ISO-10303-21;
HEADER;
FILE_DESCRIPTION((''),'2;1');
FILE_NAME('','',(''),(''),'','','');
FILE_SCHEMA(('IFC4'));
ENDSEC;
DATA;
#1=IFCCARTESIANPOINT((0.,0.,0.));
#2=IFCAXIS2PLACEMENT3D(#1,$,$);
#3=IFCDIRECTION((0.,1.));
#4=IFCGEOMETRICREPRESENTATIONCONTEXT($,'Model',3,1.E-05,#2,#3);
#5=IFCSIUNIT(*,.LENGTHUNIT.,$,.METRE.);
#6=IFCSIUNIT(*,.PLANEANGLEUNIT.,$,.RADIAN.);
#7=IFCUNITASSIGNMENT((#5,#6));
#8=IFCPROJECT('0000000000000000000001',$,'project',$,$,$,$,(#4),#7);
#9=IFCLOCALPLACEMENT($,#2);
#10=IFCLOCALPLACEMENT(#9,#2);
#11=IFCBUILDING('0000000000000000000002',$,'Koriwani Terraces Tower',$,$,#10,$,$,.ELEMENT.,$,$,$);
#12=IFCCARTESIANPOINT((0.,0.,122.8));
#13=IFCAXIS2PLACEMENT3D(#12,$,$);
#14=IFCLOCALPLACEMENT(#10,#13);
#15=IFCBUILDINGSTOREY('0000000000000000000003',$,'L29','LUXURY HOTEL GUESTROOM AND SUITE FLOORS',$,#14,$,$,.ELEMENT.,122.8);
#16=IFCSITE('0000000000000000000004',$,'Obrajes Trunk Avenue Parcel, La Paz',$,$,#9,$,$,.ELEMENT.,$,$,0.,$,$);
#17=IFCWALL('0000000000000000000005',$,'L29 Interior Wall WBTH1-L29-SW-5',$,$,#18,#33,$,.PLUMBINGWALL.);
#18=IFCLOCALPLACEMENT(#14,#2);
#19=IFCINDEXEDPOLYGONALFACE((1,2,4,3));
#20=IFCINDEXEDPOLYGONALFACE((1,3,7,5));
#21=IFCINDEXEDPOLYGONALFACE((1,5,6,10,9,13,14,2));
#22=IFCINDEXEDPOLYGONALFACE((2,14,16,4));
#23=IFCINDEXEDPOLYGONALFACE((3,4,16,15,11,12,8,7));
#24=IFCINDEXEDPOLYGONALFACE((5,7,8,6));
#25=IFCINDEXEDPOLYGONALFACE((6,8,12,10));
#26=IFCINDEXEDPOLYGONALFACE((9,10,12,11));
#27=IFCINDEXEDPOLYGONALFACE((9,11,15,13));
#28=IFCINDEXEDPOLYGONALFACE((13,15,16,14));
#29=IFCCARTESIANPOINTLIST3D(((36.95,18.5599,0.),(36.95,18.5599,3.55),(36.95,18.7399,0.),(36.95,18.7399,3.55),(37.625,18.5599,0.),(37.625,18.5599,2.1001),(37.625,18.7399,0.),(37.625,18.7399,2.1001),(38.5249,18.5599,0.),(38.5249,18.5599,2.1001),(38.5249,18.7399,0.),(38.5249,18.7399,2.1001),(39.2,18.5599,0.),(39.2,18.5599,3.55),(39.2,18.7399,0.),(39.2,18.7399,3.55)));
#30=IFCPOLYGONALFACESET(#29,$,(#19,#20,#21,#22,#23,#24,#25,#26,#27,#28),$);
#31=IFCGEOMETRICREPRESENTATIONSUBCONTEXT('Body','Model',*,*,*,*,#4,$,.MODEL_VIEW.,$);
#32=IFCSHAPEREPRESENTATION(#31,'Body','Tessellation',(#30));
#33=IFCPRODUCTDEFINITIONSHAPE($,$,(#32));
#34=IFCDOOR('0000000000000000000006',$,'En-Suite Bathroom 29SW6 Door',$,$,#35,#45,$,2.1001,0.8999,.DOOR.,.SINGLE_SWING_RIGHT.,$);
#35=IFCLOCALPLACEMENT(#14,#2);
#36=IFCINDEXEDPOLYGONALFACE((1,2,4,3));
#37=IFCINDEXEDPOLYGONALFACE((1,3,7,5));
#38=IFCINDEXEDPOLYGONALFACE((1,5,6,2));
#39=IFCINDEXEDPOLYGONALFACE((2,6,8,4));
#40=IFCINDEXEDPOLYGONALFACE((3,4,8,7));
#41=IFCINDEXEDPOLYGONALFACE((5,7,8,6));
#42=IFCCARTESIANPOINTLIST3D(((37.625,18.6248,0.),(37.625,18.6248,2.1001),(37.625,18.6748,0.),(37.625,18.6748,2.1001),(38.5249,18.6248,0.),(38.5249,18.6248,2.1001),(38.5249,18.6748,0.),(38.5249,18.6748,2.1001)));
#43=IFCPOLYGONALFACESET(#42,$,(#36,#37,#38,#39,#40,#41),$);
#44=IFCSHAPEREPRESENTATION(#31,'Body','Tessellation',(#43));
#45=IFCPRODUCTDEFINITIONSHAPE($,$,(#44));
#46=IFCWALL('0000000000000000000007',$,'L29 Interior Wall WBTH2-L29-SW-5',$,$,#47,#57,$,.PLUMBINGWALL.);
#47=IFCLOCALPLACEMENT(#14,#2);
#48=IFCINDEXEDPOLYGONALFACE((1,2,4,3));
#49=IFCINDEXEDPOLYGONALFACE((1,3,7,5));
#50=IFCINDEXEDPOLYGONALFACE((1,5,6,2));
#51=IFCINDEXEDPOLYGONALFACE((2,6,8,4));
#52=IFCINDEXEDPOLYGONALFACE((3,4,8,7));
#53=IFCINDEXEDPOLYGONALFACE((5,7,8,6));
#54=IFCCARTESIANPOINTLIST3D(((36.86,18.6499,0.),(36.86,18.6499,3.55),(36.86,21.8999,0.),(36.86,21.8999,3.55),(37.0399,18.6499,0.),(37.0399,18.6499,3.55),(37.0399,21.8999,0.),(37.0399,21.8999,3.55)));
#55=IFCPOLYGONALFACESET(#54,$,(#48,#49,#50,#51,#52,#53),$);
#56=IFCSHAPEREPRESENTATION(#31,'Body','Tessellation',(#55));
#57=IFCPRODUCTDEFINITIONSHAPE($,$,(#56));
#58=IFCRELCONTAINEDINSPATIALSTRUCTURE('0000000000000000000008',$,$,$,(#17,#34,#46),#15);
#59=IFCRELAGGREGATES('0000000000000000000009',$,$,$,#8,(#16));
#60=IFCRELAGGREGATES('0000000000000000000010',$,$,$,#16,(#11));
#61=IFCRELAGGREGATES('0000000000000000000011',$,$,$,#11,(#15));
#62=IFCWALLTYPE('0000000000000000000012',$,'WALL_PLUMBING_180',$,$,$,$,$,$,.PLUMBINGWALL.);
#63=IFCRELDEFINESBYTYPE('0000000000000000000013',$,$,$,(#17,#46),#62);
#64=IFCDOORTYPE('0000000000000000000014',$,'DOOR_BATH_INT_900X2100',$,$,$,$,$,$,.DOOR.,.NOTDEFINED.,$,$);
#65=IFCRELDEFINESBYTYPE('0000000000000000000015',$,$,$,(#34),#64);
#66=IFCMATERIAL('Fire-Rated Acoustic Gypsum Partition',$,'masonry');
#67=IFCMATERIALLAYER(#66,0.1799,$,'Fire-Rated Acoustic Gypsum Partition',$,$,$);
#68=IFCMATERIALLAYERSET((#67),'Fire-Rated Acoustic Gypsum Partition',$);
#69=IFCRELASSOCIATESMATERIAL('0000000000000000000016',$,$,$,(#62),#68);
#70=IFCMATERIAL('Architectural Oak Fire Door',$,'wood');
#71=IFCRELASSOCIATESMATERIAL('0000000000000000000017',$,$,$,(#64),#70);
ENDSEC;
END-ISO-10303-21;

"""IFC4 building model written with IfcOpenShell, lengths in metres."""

from ifc_helpers import new_model, si_unit, direction, frame, frame_2d, origin, place, context, subcontext, project, spatial, rectangle, extrude, material, layer, layer_set, type_object, element, fill, save


model = new_model("IFC4")

# Units and contexts
model_context = context("Model", 3, precision=1e-05, world=origin(), true_north=direction((0.0, 1.0)))
body_context = subcontext(model_context, "Body", "Model", "MODEL_VIEW")
ifc_project = project(units=[si_unit("LENGTHUNIT", "METRE"), si_unit("PLANEANGLEUNIT", "RADIAN")], contexts=[model_context])

# Site, building, storey
site_placement = place(None, origin())
site = spatial("IfcSite", under=ifc_project, at=site_placement, Name="Obrajes Trunk Avenue Parcel, La Paz", CompositionType="ELEMENT", RefElevation=0.0)
building_placement = place(site_placement, origin())
building = spatial("IfcBuilding", under=site, at=building_placement, Name="Koriwani Terraces Tower", CompositionType="ELEMENT")
storey_placement = place(building_placement, frame((0.0, 0.0, 122.8)))
storey = spatial("IfcBuildingStorey", under=building, at=storey_placement, Name="L29", Description="LUXURY HOTEL GUESTROOM AND SUITE FLOORS", CompositionType="ELEMENT", Elevation=122.8)

# Shared definitions
ifc_material_1 = material(Name="Fire-Rated Acoustic Gypsum Partition", Category="masonry")
ifc_layer_1 = layer(ifc_material_1, 0.1799, Name="Fire-Rated Acoustic Gypsum Partition")
ifc_layer_set_1 = layer_set([ifc_layer_1], Name="Fire-Rated Acoustic Gypsum Partition")
wall_type_1 = type_object("IfcWallType", Name="WALL_PLUMBING_180", PredefinedType="PLUMBINGWALL", material=ifc_layer_set_1)
ifc_material_2 = material(Name="Architectural Oak Fire Door", Category="wood")
door_type = type_object("IfcDoorType", Name="DOOR_BATH_INT_900X2100", OperationType="NOTDEFINED", PredefinedType="DOOR", material=ifc_material_2)

# Wall, opening, door
wall_1_placement = place(storey_placement, frame((36.95, 18.6499, 0.0), z_axis=(0.0, 0.0, 1.0), x_axis=(1.0, 0.0, 0.0)))
wall_1 = element("IfcWall", 1, at=wall_1_placement, inside=storey, type_object=wall_type_1, Name="L29 Interior Wall WBTH1-L29-SW-5", PredefinedType="PLUMBINGWALL", context=body_context, shape_type="SweptSolid", body=[
    extrude(rectangle(XDim=2.25, YDim=0.1799, at=frame_2d((1.125, 0.0))), origin(), (0.0, 0.0, 1.0), 3.55),
])
opening_1_placement = place(wall_1_placement, frame((0.675, 0.0, 0.0)))
opening_1 = element("IfcOpeningElement", 2, at=opening_1_placement, cuts=wall_1, PredefinedType="OPENING", context=body_context, shape_type="SweptSolid", body=[
    extrude(rectangle(XDim=0.8999, YDim=2.1001, at=frame_2d((0.45, 1.05))), frame((0.0, 0.1001, 0.0), z_axis=(0.0, -1.0, 0.0), x_axis=(1.0, 0.0, 0.0)), (0.0, 0.0, 1.0), 0.2),
])
door_1_placement = place(opening_1_placement, origin())
door_1 = element("IfcDoor", 3, at=door_1_placement, inside=storey, type_object=door_type, Name="En-Suite Bathroom 29SW6 Door", OperationType="SINGLE_SWING_RIGHT", OverallHeight=2.1001, OverallWidth=0.8999, PredefinedType="DOOR", context=body_context, shape_type="SweptSolid", body=[
    extrude(rectangle(XDim=0.8999, YDim=2.1001, at=frame_2d((0.45, 1.05))), frame((0.0, 0.0249, 0.0), z_axis=(0.0, -1.0, 0.0), x_axis=(1.0, 0.0, 0.0)), (0.0, 0.0, 1.0), 0.05),
])
fill(opening_1, door_1)

# Wall
wall_2_placement = place(storey_placement, frame((36.95, 18.6499, 0.0), z_axis=(0.0, 0.0, 1.0), x_axis=(0.0, 1.0, 0.0)))
element("IfcWall", 4, at=wall_2_placement, inside=storey, type_object=wall_type_1, Name="L29 Interior Wall WBTH2-L29-SW-5", PredefinedType="PLUMBINGWALL", context=body_context, shape_type="SweptSolid", body=[
    extrude(rectangle(XDim=3.25, YDim=0.1799, at=frame_2d((1.625, 0.0))), origin(), (0.0, 0.0, 1.0), 3.55),
])

save(model, "model.ifc")
